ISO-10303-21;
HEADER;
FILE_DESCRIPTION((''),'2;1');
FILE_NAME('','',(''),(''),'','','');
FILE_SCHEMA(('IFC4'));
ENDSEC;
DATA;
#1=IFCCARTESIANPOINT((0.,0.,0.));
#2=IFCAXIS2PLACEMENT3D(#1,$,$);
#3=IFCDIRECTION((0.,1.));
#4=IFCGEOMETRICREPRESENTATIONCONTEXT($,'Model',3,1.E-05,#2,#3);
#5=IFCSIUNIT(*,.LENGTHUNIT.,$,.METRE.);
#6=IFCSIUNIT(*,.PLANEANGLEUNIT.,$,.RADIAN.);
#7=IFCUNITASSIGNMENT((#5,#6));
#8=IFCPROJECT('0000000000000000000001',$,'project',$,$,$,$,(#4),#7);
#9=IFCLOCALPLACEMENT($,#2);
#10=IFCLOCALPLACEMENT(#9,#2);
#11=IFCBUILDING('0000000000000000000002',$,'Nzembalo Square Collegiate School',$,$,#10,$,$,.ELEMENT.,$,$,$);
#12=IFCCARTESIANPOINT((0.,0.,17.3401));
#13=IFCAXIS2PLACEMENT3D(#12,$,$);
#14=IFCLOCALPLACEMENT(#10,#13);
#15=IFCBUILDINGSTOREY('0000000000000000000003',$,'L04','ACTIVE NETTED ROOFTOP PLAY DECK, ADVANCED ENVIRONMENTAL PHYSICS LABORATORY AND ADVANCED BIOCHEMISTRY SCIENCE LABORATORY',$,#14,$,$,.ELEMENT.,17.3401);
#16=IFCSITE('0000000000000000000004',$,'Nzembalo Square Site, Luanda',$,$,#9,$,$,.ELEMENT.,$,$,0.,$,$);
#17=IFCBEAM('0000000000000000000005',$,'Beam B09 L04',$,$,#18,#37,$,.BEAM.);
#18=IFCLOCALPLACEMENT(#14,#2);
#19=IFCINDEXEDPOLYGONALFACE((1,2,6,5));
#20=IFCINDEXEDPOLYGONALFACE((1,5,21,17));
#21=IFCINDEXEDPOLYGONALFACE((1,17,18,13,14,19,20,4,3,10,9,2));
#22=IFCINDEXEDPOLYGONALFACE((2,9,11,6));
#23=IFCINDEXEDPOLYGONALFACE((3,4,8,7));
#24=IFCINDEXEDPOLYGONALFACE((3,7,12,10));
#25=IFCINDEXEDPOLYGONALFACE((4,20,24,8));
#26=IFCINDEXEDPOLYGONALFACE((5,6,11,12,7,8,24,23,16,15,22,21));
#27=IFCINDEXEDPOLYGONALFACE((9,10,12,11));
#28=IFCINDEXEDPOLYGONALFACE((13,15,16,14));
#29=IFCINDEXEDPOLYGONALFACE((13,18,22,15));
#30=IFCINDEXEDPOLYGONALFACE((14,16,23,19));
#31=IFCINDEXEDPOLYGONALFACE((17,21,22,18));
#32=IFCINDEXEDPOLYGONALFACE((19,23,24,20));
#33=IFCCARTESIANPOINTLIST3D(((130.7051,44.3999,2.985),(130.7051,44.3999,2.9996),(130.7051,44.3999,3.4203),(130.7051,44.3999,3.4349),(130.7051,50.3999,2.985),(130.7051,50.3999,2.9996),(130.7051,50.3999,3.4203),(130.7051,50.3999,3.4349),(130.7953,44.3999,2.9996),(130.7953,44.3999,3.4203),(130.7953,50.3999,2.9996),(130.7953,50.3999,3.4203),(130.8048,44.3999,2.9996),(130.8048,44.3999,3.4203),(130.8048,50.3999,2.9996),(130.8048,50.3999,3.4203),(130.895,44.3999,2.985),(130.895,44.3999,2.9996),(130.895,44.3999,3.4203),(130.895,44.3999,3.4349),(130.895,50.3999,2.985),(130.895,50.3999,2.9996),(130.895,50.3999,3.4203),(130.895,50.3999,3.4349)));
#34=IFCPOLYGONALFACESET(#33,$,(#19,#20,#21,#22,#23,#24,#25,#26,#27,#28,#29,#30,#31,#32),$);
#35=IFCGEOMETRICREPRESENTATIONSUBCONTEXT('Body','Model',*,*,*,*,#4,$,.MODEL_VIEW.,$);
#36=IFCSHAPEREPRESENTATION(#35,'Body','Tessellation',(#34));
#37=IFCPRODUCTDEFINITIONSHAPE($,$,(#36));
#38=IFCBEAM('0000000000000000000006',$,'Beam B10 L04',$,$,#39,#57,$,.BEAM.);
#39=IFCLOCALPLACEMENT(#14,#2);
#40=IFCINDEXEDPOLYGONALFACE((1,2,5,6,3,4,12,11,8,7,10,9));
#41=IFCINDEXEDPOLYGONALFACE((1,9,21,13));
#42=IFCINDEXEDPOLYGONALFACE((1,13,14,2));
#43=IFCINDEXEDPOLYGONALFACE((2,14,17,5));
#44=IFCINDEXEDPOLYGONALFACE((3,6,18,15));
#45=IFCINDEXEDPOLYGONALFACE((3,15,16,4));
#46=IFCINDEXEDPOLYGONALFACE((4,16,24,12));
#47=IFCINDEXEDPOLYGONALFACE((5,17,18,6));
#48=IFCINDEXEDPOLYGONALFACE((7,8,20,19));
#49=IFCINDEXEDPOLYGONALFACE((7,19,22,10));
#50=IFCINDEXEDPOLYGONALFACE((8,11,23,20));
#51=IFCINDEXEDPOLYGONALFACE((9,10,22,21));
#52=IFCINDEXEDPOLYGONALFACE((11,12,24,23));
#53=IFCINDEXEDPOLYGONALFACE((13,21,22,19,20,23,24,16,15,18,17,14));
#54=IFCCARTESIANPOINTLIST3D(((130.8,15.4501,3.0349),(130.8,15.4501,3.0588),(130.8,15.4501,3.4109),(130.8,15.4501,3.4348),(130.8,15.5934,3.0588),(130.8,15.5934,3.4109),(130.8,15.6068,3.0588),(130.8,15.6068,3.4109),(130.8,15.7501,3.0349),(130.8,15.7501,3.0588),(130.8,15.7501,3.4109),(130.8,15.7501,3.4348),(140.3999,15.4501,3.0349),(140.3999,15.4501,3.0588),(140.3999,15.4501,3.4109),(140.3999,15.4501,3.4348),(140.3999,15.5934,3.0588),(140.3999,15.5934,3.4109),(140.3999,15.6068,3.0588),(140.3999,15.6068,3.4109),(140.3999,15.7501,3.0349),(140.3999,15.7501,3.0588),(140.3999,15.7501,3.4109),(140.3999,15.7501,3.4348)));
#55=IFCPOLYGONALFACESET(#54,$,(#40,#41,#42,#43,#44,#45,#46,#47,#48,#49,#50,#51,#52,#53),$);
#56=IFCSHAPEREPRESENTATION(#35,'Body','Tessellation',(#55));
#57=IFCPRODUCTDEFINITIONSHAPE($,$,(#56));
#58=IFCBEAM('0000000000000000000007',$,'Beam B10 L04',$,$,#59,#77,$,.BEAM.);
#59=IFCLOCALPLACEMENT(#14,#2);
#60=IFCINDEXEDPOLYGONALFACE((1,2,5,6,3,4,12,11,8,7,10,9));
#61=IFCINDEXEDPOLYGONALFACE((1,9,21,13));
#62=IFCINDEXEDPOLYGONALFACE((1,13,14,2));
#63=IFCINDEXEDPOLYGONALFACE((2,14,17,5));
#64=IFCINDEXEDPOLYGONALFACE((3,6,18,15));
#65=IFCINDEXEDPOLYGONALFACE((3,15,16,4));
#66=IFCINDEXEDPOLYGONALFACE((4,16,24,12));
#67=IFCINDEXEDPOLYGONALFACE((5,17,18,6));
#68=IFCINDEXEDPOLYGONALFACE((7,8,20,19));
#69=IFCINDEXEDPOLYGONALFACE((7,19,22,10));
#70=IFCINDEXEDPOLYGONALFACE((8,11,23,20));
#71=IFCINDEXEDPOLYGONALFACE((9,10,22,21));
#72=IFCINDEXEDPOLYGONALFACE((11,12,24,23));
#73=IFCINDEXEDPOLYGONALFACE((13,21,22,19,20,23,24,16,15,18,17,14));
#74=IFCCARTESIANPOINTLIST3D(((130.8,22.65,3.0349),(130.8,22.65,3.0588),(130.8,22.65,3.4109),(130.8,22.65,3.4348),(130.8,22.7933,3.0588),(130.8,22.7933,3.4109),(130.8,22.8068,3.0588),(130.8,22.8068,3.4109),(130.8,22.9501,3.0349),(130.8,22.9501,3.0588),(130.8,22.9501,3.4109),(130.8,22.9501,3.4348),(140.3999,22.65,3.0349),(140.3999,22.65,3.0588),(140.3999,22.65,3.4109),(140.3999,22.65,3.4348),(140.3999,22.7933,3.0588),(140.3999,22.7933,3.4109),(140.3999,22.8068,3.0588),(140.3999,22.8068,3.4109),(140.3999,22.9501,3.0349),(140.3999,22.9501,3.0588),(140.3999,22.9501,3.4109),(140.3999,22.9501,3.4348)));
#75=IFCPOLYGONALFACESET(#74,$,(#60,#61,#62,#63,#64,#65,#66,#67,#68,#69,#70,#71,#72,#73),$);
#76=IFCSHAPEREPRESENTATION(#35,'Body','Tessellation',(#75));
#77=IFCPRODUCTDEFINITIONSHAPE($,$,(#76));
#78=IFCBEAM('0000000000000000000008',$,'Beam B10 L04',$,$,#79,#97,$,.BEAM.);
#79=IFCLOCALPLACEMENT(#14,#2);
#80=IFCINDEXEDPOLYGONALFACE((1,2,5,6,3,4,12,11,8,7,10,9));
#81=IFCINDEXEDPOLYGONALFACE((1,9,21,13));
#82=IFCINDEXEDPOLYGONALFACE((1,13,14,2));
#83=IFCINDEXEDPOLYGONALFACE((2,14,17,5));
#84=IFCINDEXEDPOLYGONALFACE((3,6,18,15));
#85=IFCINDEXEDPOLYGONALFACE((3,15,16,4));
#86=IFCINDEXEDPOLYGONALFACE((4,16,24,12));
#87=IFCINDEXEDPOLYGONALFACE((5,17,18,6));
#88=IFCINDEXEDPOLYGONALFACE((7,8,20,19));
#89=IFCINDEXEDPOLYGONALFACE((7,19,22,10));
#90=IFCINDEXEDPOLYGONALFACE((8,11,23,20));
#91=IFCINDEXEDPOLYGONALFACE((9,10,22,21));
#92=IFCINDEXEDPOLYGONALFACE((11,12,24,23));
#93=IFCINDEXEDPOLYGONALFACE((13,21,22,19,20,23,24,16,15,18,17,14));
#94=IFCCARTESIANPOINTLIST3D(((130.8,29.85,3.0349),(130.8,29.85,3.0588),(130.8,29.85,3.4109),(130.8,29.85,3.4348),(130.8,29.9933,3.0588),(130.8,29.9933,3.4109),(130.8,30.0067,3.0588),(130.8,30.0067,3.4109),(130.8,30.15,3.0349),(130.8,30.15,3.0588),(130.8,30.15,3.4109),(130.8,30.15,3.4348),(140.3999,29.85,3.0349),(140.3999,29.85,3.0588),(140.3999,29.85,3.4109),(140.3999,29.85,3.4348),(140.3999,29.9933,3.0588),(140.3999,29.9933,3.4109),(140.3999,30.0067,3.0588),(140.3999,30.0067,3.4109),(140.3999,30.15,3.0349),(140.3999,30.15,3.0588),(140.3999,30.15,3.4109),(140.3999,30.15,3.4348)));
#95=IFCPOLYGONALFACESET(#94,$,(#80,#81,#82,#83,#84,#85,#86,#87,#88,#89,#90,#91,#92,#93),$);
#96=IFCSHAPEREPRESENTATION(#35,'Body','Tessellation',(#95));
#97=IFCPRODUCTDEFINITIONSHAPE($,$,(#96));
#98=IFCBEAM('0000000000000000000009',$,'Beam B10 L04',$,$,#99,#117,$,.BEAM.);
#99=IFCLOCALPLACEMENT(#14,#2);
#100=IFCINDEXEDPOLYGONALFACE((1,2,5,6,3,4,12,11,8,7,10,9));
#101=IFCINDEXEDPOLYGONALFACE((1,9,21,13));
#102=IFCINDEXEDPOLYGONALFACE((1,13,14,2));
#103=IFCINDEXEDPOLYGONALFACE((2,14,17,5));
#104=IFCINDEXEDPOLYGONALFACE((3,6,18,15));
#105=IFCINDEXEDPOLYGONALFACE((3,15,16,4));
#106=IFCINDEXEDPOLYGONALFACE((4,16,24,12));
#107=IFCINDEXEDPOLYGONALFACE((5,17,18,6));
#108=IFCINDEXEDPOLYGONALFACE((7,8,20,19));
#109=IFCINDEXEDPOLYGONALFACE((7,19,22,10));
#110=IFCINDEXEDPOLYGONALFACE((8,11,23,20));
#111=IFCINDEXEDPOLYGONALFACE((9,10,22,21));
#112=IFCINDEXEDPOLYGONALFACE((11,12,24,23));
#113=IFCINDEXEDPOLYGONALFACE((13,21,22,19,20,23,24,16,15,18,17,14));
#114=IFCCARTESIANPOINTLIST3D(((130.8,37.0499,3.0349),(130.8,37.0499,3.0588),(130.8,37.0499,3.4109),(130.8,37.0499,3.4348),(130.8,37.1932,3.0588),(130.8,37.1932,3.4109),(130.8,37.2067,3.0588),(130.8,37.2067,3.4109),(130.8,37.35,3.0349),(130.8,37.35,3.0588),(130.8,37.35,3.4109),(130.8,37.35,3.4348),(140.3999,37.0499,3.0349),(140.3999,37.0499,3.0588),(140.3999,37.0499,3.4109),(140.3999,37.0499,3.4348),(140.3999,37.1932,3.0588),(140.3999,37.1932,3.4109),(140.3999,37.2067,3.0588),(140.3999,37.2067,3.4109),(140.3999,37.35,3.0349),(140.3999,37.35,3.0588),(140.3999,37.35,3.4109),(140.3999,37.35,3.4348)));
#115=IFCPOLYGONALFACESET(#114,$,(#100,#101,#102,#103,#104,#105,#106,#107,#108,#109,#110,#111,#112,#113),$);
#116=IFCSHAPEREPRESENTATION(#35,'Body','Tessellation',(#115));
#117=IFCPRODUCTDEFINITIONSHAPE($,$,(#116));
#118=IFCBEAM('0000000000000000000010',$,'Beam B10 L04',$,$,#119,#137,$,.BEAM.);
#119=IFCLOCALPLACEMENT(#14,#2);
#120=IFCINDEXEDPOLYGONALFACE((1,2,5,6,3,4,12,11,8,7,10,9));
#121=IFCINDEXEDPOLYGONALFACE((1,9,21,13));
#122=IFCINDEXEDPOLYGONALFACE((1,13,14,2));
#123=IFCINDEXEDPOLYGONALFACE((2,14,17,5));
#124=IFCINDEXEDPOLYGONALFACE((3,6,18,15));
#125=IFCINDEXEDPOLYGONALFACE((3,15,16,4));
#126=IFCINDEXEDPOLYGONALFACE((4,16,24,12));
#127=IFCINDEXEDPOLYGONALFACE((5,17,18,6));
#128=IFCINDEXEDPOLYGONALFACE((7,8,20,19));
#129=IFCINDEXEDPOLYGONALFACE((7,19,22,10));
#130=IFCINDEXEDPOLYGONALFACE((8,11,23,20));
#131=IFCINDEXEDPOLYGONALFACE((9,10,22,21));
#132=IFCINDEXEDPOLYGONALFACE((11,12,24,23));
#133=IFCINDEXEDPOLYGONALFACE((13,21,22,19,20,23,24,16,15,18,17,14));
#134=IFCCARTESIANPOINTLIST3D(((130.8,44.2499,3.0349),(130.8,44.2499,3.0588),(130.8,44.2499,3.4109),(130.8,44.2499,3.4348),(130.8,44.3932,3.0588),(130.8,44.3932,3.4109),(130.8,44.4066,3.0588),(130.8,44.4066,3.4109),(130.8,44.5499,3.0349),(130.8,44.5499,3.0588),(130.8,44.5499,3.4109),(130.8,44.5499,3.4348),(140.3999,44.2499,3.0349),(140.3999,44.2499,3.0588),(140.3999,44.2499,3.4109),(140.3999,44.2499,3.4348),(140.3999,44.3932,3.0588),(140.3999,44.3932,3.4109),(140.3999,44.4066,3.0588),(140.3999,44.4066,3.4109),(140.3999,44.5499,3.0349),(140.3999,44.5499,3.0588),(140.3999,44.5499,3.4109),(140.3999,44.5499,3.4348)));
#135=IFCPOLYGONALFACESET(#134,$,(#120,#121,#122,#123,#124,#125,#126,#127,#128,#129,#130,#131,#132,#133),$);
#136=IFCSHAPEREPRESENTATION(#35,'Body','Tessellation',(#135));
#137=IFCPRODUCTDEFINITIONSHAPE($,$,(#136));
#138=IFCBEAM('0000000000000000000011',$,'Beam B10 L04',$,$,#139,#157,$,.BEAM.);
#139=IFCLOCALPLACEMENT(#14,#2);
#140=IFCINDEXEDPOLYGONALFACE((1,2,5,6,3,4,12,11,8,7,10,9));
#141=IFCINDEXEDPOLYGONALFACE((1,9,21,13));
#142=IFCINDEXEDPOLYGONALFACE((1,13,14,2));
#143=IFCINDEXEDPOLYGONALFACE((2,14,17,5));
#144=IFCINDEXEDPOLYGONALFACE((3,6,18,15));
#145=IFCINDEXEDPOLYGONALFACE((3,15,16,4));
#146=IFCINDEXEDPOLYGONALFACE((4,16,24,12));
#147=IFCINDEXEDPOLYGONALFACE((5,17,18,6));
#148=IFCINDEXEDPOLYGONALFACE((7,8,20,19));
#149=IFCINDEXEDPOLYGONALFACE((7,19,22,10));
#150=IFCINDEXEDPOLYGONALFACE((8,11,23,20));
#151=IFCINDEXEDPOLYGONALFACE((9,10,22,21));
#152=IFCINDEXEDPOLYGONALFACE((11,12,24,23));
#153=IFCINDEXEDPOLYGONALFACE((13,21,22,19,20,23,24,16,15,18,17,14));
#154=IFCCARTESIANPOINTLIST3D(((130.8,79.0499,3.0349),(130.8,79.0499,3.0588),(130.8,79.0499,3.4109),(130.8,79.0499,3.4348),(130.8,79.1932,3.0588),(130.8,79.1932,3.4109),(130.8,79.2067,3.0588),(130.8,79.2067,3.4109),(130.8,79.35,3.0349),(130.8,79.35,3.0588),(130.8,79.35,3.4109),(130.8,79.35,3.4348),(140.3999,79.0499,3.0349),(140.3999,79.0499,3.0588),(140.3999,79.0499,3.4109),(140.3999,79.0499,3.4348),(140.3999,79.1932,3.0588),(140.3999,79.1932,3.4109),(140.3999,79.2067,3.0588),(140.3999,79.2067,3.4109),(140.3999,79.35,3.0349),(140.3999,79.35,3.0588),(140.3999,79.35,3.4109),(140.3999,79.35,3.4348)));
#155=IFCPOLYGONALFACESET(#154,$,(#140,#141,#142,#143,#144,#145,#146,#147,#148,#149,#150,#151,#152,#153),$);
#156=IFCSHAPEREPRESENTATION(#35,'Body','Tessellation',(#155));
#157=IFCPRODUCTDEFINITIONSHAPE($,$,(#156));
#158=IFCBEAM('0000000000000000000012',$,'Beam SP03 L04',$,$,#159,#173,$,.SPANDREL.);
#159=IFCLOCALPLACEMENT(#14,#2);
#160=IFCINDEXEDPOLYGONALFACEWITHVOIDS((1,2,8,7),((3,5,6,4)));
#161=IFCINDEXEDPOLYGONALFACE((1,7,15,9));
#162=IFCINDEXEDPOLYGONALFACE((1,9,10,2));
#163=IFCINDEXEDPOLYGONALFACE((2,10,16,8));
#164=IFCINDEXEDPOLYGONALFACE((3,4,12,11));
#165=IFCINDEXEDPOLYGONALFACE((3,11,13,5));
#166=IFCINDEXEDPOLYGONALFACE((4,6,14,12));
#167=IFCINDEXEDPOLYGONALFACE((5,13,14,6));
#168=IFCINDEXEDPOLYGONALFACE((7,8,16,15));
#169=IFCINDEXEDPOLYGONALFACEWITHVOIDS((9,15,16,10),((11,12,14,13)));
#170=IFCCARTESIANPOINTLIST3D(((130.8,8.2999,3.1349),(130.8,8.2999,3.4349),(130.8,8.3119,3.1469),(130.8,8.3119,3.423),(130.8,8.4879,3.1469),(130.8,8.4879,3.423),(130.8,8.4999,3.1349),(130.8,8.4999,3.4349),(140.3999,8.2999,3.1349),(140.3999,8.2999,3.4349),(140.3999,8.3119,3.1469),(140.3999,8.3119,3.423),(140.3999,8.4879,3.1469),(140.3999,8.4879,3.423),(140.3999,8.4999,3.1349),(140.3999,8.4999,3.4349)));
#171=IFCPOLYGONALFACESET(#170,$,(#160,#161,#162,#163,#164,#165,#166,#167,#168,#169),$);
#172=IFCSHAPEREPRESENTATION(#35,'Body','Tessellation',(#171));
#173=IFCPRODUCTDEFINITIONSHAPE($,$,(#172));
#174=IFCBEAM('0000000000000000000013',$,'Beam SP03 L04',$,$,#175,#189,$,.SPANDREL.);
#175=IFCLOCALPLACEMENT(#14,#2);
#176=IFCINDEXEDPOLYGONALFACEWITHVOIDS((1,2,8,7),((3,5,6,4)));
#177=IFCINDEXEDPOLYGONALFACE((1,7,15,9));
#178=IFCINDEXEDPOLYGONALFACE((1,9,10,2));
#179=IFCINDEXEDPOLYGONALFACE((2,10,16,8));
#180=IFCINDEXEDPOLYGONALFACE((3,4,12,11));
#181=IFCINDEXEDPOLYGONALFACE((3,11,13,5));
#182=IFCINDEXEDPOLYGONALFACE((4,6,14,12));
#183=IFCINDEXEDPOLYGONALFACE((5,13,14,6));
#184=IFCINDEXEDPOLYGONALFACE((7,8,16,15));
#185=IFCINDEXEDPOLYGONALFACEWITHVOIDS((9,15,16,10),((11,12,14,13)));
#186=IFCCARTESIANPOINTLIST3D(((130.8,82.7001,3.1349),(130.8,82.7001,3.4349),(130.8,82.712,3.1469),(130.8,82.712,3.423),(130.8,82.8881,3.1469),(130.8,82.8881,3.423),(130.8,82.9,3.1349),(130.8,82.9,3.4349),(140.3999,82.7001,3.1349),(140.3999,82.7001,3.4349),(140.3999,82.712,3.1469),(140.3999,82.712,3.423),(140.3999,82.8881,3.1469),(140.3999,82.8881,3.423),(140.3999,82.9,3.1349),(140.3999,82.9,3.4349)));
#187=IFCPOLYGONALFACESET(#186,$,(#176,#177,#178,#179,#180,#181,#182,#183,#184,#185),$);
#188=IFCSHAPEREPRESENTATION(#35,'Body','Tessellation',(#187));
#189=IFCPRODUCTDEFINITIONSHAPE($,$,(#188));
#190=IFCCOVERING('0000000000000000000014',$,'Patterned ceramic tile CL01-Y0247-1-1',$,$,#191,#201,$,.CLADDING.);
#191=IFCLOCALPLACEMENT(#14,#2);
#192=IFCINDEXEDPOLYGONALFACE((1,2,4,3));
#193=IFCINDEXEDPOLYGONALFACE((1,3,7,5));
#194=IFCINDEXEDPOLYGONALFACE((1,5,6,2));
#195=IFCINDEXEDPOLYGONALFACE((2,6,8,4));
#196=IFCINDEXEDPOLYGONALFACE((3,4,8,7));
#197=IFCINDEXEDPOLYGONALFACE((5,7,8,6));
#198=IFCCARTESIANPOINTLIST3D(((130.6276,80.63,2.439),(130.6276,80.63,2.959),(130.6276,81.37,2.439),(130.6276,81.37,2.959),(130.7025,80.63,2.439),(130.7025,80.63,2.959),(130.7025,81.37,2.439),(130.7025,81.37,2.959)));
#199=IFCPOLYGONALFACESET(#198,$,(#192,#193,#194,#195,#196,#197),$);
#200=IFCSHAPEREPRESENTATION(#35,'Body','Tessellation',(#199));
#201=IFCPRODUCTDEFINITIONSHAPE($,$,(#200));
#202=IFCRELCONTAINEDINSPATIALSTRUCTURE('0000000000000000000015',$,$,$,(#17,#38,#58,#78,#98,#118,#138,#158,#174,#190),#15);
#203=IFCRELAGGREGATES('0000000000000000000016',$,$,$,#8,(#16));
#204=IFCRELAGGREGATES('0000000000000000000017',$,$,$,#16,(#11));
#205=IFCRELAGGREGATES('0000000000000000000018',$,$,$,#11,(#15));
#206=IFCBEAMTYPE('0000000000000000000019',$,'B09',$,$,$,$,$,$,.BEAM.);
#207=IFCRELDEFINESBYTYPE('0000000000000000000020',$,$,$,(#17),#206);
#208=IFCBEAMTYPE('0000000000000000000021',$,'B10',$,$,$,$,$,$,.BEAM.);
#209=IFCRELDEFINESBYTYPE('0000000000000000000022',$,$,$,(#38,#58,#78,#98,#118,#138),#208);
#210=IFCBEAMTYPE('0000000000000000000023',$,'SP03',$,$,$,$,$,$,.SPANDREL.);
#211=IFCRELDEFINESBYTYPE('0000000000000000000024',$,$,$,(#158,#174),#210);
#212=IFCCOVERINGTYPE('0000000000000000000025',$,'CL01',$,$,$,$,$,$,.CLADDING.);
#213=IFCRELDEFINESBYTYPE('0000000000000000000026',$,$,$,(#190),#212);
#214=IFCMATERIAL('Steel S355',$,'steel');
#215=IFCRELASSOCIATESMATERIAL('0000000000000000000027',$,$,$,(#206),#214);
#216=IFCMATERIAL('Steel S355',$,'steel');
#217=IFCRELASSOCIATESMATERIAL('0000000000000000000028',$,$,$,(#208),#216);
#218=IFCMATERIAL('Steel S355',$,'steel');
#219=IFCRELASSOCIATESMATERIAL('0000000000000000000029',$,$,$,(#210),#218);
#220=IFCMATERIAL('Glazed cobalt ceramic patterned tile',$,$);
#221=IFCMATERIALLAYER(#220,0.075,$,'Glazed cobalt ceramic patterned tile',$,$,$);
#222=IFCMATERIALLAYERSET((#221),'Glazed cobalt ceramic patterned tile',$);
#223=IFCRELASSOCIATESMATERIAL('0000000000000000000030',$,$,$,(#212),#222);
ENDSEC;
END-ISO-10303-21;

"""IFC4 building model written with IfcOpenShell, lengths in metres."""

from ifc_helpers import new_model, si_unit, direction, frame, origin, origin_2d, place, context, subcontext, project, spatial, rectangle, hollow_rectangle, i_section, extrude, material, layer, layer_set, material_profile, profile_set, type_object, element, save


model = new_model("IFC4")

# Units and contexts
model_context = context("Model", 3, precision=1e-05, world=origin(), true_north=direction((0.0, 1.0)))
body_context = subcontext(model_context, "Body", "Model", "MODEL_VIEW")
ifc_project = project(units=[si_unit("LENGTHUNIT", "METRE"), si_unit("PLANEANGLEUNIT", "RADIAN")], contexts=[model_context])

# Site, building, storey
site_placement = place(None, origin())
site = spatial("IfcSite", under=ifc_project, at=site_placement, Name="Nzembalo Square Site, Luanda", CompositionType="ELEMENT", RefElevation=0.0)
building_placement = place(site_placement, origin())
building = spatial("IfcBuilding", under=site, at=building_placement, Name="Nzembalo Square Collegiate School", CompositionType="ELEMENT")
storey_placement = place(building_placement, frame((0.0, 0.0, 17.3401)))
storey = spatial("IfcBuildingStorey", under=building, at=storey_placement, Name="L04", Description="ACTIVE NETTED ROOFTOP PLAY DECK, ADVANCED ENVIRONMENTAL PHYSICS LABORATORY AND ADVANCED BIOCHEMISTRY SCIENCE LABORATORY", CompositionType="ELEMENT", Elevation=17.3401)

# Beams
ifc_material_1 = material(Name="Steel S355", Category="steel")
ifc_material_profile_1 = material_profile(ifc_material_1, i_section(OverallWidth=0.1899, OverallDepth=0.45, WebThickness=0.0095, FlangeThickness=0.0146, at=origin_2d()), Name="IPE 450")
ifc_profile_set_1 = profile_set([ifc_material_profile_1], Name="Steel S355")
beam_type_1 = type_object("IfcBeamType", Name="B09", PredefinedType="BEAM", material=ifc_profile_set_1)
beam_1_placement = place(storey_placement, frame((130.8, 44.3999, 3.21), z_axis=(0.0, 1.0, 0.0), x_axis=(-1.0, 0.0, 0.0)))
element("IfcBeam", 1, at=beam_1_placement, inside=storey, type_object=beam_type_1, Name="Beam B09 L04", PredefinedType="BEAM", context=body_context, shape_type="SweptSolid", body=[
    extrude(i_section(OverallWidth=0.1899, OverallDepth=0.45, WebThickness=0.0095, FlangeThickness=0.0146, at=origin_2d()), origin(), (0.0, 0.0, 1.0), 6.0),
])
ifc_material_2 = material(Name="Steel S355", Category="steel")
ifc_material_profile_2 = material_profile(ifc_material_2, i_section(OverallWidth=0.3, OverallDepth=0.3999, WebThickness=0.0134, FlangeThickness=0.0239, at=origin_2d()), Name="HEB 400")
ifc_profile_set_2 = profile_set([ifc_material_profile_2], Name="Steel S355")
beam_type_2 = type_object("IfcBeamType", Name="B10", PredefinedType="BEAM", material=ifc_profile_set_2)
for number, where, z_axis, x_axis, name in (
    (2, (130.8, 15.6001, 3.2349), (1.0, 0.0, 0.0), (0.0, 1.0, 0.0), "Beam B10 L04"),
    (3, (130.8, 22.8, 3.2349), (1.0, 0.0, 0.0), (0.0, 1.0, 0.0), "Beam B10 L04"),
    (4, (130.8, 30.0, 3.2349), (1.0, 0.0, 0.0), (0.0, 1.0, 0.0), "Beam B10 L04"),
    (5, (130.8, 37.2, 3.2349), (1.0, 0.0, 0.0), (0.0, 1.0, 0.0), "Beam B10 L04"),
    (6, (130.8, 44.3999, 3.2349), (1.0, 0.0, 0.0), (0.0, 1.0, 0.0), "Beam B10 L04"),
    (7, (130.8, 79.2, 3.2349), (1.0, 0.0, 0.0), (0.0, 1.0, 0.0), "Beam B10 L04"),
):
    element("IfcBeam", number, at=place(storey_placement, frame(where, z_axis=z_axis, x_axis=x_axis)), inside=storey, type_object=beam_type_2, Name=name, PredefinedType="BEAM", context=body_context, shape_type="SweptSolid", body=[
        extrude(i_section(OverallWidth=0.3, OverallDepth=0.3999, WebThickness=0.0134, FlangeThickness=0.0239, at=origin_2d()), origin(), (0.0, 0.0, 1.0), 9.5999),
    ])
ifc_material_3 = material(Name="Steel S355", Category="steel")
ifc_material_profile_3 = material_profile(ifc_material_3, hollow_rectangle(XDim=0.2, YDim=0.3, WallThickness=0.012, at=origin_2d()), Name="RHS 300x200x12")
ifc_profile_set_3 = profile_set([ifc_material_profile_3], Name="Steel S355")
beam_type_3 = type_object("IfcBeamType", Name="SP03", PredefinedType="SPANDREL", material=ifc_profile_set_3)
for number, where, z_axis, x_axis, name in (
    (8, (130.8, 8.3999, 3.2849), (1.0, 0.0, 0.0), (0.0, 1.0, 0.0), "Beam SP03 L04"),
    (9, (130.8, 82.8, 3.2849), (1.0, 0.0, 0.0), (0.0, 1.0, 0.0), "Beam SP03 L04"),
):
    element("IfcBeam", number, at=place(storey_placement, frame(where, z_axis=z_axis, x_axis=x_axis)), inside=storey, type_object=beam_type_3, Name=name, PredefinedType="SPANDREL", context=body_context, shape_type="SweptSolid", body=[
        extrude(hollow_rectangle(XDim=0.2, YDim=0.3, WallThickness=0.012, at=origin_2d()), origin(), (0.0, 0.0, 1.0), 9.5999),
    ])

# Covering
ifc_material_4 = material(Name="Glazed cobalt ceramic patterned tile")
ifc_layer = layer(ifc_material_4, 0.075, Name="Glazed cobalt ceramic patterned tile")
ifc_layer_set = layer_set([ifc_layer], Name="Glazed cobalt ceramic patterned tile")
covering_type = type_object("IfcCoveringType", Name="CL01", PredefinedType="CLADDING", material=ifc_layer_set)
for number, where, z_axis, x_axis, name in (
    (10, (130.665, 81.0, 2.439), (0.0, 0.0, 1.0), (1.0, 0.0, 0.0), "Patterned ceramic tile CL01-Y0247-1-1"),
):
    element("IfcCovering", number, at=place(storey_placement, frame(where, z_axis=z_axis, x_axis=x_axis)), inside=storey, type_object=covering_type, Name=name, PredefinedType="CLADDING", context=body_context, shape_type="SweptSolid", body=[
        extrude(rectangle(XDim=0.075, YDim=0.74, at=origin_2d()), origin(), (0.0, 0.0, 1.0), 0.52),
    ])

save(model, "model.ifc")
